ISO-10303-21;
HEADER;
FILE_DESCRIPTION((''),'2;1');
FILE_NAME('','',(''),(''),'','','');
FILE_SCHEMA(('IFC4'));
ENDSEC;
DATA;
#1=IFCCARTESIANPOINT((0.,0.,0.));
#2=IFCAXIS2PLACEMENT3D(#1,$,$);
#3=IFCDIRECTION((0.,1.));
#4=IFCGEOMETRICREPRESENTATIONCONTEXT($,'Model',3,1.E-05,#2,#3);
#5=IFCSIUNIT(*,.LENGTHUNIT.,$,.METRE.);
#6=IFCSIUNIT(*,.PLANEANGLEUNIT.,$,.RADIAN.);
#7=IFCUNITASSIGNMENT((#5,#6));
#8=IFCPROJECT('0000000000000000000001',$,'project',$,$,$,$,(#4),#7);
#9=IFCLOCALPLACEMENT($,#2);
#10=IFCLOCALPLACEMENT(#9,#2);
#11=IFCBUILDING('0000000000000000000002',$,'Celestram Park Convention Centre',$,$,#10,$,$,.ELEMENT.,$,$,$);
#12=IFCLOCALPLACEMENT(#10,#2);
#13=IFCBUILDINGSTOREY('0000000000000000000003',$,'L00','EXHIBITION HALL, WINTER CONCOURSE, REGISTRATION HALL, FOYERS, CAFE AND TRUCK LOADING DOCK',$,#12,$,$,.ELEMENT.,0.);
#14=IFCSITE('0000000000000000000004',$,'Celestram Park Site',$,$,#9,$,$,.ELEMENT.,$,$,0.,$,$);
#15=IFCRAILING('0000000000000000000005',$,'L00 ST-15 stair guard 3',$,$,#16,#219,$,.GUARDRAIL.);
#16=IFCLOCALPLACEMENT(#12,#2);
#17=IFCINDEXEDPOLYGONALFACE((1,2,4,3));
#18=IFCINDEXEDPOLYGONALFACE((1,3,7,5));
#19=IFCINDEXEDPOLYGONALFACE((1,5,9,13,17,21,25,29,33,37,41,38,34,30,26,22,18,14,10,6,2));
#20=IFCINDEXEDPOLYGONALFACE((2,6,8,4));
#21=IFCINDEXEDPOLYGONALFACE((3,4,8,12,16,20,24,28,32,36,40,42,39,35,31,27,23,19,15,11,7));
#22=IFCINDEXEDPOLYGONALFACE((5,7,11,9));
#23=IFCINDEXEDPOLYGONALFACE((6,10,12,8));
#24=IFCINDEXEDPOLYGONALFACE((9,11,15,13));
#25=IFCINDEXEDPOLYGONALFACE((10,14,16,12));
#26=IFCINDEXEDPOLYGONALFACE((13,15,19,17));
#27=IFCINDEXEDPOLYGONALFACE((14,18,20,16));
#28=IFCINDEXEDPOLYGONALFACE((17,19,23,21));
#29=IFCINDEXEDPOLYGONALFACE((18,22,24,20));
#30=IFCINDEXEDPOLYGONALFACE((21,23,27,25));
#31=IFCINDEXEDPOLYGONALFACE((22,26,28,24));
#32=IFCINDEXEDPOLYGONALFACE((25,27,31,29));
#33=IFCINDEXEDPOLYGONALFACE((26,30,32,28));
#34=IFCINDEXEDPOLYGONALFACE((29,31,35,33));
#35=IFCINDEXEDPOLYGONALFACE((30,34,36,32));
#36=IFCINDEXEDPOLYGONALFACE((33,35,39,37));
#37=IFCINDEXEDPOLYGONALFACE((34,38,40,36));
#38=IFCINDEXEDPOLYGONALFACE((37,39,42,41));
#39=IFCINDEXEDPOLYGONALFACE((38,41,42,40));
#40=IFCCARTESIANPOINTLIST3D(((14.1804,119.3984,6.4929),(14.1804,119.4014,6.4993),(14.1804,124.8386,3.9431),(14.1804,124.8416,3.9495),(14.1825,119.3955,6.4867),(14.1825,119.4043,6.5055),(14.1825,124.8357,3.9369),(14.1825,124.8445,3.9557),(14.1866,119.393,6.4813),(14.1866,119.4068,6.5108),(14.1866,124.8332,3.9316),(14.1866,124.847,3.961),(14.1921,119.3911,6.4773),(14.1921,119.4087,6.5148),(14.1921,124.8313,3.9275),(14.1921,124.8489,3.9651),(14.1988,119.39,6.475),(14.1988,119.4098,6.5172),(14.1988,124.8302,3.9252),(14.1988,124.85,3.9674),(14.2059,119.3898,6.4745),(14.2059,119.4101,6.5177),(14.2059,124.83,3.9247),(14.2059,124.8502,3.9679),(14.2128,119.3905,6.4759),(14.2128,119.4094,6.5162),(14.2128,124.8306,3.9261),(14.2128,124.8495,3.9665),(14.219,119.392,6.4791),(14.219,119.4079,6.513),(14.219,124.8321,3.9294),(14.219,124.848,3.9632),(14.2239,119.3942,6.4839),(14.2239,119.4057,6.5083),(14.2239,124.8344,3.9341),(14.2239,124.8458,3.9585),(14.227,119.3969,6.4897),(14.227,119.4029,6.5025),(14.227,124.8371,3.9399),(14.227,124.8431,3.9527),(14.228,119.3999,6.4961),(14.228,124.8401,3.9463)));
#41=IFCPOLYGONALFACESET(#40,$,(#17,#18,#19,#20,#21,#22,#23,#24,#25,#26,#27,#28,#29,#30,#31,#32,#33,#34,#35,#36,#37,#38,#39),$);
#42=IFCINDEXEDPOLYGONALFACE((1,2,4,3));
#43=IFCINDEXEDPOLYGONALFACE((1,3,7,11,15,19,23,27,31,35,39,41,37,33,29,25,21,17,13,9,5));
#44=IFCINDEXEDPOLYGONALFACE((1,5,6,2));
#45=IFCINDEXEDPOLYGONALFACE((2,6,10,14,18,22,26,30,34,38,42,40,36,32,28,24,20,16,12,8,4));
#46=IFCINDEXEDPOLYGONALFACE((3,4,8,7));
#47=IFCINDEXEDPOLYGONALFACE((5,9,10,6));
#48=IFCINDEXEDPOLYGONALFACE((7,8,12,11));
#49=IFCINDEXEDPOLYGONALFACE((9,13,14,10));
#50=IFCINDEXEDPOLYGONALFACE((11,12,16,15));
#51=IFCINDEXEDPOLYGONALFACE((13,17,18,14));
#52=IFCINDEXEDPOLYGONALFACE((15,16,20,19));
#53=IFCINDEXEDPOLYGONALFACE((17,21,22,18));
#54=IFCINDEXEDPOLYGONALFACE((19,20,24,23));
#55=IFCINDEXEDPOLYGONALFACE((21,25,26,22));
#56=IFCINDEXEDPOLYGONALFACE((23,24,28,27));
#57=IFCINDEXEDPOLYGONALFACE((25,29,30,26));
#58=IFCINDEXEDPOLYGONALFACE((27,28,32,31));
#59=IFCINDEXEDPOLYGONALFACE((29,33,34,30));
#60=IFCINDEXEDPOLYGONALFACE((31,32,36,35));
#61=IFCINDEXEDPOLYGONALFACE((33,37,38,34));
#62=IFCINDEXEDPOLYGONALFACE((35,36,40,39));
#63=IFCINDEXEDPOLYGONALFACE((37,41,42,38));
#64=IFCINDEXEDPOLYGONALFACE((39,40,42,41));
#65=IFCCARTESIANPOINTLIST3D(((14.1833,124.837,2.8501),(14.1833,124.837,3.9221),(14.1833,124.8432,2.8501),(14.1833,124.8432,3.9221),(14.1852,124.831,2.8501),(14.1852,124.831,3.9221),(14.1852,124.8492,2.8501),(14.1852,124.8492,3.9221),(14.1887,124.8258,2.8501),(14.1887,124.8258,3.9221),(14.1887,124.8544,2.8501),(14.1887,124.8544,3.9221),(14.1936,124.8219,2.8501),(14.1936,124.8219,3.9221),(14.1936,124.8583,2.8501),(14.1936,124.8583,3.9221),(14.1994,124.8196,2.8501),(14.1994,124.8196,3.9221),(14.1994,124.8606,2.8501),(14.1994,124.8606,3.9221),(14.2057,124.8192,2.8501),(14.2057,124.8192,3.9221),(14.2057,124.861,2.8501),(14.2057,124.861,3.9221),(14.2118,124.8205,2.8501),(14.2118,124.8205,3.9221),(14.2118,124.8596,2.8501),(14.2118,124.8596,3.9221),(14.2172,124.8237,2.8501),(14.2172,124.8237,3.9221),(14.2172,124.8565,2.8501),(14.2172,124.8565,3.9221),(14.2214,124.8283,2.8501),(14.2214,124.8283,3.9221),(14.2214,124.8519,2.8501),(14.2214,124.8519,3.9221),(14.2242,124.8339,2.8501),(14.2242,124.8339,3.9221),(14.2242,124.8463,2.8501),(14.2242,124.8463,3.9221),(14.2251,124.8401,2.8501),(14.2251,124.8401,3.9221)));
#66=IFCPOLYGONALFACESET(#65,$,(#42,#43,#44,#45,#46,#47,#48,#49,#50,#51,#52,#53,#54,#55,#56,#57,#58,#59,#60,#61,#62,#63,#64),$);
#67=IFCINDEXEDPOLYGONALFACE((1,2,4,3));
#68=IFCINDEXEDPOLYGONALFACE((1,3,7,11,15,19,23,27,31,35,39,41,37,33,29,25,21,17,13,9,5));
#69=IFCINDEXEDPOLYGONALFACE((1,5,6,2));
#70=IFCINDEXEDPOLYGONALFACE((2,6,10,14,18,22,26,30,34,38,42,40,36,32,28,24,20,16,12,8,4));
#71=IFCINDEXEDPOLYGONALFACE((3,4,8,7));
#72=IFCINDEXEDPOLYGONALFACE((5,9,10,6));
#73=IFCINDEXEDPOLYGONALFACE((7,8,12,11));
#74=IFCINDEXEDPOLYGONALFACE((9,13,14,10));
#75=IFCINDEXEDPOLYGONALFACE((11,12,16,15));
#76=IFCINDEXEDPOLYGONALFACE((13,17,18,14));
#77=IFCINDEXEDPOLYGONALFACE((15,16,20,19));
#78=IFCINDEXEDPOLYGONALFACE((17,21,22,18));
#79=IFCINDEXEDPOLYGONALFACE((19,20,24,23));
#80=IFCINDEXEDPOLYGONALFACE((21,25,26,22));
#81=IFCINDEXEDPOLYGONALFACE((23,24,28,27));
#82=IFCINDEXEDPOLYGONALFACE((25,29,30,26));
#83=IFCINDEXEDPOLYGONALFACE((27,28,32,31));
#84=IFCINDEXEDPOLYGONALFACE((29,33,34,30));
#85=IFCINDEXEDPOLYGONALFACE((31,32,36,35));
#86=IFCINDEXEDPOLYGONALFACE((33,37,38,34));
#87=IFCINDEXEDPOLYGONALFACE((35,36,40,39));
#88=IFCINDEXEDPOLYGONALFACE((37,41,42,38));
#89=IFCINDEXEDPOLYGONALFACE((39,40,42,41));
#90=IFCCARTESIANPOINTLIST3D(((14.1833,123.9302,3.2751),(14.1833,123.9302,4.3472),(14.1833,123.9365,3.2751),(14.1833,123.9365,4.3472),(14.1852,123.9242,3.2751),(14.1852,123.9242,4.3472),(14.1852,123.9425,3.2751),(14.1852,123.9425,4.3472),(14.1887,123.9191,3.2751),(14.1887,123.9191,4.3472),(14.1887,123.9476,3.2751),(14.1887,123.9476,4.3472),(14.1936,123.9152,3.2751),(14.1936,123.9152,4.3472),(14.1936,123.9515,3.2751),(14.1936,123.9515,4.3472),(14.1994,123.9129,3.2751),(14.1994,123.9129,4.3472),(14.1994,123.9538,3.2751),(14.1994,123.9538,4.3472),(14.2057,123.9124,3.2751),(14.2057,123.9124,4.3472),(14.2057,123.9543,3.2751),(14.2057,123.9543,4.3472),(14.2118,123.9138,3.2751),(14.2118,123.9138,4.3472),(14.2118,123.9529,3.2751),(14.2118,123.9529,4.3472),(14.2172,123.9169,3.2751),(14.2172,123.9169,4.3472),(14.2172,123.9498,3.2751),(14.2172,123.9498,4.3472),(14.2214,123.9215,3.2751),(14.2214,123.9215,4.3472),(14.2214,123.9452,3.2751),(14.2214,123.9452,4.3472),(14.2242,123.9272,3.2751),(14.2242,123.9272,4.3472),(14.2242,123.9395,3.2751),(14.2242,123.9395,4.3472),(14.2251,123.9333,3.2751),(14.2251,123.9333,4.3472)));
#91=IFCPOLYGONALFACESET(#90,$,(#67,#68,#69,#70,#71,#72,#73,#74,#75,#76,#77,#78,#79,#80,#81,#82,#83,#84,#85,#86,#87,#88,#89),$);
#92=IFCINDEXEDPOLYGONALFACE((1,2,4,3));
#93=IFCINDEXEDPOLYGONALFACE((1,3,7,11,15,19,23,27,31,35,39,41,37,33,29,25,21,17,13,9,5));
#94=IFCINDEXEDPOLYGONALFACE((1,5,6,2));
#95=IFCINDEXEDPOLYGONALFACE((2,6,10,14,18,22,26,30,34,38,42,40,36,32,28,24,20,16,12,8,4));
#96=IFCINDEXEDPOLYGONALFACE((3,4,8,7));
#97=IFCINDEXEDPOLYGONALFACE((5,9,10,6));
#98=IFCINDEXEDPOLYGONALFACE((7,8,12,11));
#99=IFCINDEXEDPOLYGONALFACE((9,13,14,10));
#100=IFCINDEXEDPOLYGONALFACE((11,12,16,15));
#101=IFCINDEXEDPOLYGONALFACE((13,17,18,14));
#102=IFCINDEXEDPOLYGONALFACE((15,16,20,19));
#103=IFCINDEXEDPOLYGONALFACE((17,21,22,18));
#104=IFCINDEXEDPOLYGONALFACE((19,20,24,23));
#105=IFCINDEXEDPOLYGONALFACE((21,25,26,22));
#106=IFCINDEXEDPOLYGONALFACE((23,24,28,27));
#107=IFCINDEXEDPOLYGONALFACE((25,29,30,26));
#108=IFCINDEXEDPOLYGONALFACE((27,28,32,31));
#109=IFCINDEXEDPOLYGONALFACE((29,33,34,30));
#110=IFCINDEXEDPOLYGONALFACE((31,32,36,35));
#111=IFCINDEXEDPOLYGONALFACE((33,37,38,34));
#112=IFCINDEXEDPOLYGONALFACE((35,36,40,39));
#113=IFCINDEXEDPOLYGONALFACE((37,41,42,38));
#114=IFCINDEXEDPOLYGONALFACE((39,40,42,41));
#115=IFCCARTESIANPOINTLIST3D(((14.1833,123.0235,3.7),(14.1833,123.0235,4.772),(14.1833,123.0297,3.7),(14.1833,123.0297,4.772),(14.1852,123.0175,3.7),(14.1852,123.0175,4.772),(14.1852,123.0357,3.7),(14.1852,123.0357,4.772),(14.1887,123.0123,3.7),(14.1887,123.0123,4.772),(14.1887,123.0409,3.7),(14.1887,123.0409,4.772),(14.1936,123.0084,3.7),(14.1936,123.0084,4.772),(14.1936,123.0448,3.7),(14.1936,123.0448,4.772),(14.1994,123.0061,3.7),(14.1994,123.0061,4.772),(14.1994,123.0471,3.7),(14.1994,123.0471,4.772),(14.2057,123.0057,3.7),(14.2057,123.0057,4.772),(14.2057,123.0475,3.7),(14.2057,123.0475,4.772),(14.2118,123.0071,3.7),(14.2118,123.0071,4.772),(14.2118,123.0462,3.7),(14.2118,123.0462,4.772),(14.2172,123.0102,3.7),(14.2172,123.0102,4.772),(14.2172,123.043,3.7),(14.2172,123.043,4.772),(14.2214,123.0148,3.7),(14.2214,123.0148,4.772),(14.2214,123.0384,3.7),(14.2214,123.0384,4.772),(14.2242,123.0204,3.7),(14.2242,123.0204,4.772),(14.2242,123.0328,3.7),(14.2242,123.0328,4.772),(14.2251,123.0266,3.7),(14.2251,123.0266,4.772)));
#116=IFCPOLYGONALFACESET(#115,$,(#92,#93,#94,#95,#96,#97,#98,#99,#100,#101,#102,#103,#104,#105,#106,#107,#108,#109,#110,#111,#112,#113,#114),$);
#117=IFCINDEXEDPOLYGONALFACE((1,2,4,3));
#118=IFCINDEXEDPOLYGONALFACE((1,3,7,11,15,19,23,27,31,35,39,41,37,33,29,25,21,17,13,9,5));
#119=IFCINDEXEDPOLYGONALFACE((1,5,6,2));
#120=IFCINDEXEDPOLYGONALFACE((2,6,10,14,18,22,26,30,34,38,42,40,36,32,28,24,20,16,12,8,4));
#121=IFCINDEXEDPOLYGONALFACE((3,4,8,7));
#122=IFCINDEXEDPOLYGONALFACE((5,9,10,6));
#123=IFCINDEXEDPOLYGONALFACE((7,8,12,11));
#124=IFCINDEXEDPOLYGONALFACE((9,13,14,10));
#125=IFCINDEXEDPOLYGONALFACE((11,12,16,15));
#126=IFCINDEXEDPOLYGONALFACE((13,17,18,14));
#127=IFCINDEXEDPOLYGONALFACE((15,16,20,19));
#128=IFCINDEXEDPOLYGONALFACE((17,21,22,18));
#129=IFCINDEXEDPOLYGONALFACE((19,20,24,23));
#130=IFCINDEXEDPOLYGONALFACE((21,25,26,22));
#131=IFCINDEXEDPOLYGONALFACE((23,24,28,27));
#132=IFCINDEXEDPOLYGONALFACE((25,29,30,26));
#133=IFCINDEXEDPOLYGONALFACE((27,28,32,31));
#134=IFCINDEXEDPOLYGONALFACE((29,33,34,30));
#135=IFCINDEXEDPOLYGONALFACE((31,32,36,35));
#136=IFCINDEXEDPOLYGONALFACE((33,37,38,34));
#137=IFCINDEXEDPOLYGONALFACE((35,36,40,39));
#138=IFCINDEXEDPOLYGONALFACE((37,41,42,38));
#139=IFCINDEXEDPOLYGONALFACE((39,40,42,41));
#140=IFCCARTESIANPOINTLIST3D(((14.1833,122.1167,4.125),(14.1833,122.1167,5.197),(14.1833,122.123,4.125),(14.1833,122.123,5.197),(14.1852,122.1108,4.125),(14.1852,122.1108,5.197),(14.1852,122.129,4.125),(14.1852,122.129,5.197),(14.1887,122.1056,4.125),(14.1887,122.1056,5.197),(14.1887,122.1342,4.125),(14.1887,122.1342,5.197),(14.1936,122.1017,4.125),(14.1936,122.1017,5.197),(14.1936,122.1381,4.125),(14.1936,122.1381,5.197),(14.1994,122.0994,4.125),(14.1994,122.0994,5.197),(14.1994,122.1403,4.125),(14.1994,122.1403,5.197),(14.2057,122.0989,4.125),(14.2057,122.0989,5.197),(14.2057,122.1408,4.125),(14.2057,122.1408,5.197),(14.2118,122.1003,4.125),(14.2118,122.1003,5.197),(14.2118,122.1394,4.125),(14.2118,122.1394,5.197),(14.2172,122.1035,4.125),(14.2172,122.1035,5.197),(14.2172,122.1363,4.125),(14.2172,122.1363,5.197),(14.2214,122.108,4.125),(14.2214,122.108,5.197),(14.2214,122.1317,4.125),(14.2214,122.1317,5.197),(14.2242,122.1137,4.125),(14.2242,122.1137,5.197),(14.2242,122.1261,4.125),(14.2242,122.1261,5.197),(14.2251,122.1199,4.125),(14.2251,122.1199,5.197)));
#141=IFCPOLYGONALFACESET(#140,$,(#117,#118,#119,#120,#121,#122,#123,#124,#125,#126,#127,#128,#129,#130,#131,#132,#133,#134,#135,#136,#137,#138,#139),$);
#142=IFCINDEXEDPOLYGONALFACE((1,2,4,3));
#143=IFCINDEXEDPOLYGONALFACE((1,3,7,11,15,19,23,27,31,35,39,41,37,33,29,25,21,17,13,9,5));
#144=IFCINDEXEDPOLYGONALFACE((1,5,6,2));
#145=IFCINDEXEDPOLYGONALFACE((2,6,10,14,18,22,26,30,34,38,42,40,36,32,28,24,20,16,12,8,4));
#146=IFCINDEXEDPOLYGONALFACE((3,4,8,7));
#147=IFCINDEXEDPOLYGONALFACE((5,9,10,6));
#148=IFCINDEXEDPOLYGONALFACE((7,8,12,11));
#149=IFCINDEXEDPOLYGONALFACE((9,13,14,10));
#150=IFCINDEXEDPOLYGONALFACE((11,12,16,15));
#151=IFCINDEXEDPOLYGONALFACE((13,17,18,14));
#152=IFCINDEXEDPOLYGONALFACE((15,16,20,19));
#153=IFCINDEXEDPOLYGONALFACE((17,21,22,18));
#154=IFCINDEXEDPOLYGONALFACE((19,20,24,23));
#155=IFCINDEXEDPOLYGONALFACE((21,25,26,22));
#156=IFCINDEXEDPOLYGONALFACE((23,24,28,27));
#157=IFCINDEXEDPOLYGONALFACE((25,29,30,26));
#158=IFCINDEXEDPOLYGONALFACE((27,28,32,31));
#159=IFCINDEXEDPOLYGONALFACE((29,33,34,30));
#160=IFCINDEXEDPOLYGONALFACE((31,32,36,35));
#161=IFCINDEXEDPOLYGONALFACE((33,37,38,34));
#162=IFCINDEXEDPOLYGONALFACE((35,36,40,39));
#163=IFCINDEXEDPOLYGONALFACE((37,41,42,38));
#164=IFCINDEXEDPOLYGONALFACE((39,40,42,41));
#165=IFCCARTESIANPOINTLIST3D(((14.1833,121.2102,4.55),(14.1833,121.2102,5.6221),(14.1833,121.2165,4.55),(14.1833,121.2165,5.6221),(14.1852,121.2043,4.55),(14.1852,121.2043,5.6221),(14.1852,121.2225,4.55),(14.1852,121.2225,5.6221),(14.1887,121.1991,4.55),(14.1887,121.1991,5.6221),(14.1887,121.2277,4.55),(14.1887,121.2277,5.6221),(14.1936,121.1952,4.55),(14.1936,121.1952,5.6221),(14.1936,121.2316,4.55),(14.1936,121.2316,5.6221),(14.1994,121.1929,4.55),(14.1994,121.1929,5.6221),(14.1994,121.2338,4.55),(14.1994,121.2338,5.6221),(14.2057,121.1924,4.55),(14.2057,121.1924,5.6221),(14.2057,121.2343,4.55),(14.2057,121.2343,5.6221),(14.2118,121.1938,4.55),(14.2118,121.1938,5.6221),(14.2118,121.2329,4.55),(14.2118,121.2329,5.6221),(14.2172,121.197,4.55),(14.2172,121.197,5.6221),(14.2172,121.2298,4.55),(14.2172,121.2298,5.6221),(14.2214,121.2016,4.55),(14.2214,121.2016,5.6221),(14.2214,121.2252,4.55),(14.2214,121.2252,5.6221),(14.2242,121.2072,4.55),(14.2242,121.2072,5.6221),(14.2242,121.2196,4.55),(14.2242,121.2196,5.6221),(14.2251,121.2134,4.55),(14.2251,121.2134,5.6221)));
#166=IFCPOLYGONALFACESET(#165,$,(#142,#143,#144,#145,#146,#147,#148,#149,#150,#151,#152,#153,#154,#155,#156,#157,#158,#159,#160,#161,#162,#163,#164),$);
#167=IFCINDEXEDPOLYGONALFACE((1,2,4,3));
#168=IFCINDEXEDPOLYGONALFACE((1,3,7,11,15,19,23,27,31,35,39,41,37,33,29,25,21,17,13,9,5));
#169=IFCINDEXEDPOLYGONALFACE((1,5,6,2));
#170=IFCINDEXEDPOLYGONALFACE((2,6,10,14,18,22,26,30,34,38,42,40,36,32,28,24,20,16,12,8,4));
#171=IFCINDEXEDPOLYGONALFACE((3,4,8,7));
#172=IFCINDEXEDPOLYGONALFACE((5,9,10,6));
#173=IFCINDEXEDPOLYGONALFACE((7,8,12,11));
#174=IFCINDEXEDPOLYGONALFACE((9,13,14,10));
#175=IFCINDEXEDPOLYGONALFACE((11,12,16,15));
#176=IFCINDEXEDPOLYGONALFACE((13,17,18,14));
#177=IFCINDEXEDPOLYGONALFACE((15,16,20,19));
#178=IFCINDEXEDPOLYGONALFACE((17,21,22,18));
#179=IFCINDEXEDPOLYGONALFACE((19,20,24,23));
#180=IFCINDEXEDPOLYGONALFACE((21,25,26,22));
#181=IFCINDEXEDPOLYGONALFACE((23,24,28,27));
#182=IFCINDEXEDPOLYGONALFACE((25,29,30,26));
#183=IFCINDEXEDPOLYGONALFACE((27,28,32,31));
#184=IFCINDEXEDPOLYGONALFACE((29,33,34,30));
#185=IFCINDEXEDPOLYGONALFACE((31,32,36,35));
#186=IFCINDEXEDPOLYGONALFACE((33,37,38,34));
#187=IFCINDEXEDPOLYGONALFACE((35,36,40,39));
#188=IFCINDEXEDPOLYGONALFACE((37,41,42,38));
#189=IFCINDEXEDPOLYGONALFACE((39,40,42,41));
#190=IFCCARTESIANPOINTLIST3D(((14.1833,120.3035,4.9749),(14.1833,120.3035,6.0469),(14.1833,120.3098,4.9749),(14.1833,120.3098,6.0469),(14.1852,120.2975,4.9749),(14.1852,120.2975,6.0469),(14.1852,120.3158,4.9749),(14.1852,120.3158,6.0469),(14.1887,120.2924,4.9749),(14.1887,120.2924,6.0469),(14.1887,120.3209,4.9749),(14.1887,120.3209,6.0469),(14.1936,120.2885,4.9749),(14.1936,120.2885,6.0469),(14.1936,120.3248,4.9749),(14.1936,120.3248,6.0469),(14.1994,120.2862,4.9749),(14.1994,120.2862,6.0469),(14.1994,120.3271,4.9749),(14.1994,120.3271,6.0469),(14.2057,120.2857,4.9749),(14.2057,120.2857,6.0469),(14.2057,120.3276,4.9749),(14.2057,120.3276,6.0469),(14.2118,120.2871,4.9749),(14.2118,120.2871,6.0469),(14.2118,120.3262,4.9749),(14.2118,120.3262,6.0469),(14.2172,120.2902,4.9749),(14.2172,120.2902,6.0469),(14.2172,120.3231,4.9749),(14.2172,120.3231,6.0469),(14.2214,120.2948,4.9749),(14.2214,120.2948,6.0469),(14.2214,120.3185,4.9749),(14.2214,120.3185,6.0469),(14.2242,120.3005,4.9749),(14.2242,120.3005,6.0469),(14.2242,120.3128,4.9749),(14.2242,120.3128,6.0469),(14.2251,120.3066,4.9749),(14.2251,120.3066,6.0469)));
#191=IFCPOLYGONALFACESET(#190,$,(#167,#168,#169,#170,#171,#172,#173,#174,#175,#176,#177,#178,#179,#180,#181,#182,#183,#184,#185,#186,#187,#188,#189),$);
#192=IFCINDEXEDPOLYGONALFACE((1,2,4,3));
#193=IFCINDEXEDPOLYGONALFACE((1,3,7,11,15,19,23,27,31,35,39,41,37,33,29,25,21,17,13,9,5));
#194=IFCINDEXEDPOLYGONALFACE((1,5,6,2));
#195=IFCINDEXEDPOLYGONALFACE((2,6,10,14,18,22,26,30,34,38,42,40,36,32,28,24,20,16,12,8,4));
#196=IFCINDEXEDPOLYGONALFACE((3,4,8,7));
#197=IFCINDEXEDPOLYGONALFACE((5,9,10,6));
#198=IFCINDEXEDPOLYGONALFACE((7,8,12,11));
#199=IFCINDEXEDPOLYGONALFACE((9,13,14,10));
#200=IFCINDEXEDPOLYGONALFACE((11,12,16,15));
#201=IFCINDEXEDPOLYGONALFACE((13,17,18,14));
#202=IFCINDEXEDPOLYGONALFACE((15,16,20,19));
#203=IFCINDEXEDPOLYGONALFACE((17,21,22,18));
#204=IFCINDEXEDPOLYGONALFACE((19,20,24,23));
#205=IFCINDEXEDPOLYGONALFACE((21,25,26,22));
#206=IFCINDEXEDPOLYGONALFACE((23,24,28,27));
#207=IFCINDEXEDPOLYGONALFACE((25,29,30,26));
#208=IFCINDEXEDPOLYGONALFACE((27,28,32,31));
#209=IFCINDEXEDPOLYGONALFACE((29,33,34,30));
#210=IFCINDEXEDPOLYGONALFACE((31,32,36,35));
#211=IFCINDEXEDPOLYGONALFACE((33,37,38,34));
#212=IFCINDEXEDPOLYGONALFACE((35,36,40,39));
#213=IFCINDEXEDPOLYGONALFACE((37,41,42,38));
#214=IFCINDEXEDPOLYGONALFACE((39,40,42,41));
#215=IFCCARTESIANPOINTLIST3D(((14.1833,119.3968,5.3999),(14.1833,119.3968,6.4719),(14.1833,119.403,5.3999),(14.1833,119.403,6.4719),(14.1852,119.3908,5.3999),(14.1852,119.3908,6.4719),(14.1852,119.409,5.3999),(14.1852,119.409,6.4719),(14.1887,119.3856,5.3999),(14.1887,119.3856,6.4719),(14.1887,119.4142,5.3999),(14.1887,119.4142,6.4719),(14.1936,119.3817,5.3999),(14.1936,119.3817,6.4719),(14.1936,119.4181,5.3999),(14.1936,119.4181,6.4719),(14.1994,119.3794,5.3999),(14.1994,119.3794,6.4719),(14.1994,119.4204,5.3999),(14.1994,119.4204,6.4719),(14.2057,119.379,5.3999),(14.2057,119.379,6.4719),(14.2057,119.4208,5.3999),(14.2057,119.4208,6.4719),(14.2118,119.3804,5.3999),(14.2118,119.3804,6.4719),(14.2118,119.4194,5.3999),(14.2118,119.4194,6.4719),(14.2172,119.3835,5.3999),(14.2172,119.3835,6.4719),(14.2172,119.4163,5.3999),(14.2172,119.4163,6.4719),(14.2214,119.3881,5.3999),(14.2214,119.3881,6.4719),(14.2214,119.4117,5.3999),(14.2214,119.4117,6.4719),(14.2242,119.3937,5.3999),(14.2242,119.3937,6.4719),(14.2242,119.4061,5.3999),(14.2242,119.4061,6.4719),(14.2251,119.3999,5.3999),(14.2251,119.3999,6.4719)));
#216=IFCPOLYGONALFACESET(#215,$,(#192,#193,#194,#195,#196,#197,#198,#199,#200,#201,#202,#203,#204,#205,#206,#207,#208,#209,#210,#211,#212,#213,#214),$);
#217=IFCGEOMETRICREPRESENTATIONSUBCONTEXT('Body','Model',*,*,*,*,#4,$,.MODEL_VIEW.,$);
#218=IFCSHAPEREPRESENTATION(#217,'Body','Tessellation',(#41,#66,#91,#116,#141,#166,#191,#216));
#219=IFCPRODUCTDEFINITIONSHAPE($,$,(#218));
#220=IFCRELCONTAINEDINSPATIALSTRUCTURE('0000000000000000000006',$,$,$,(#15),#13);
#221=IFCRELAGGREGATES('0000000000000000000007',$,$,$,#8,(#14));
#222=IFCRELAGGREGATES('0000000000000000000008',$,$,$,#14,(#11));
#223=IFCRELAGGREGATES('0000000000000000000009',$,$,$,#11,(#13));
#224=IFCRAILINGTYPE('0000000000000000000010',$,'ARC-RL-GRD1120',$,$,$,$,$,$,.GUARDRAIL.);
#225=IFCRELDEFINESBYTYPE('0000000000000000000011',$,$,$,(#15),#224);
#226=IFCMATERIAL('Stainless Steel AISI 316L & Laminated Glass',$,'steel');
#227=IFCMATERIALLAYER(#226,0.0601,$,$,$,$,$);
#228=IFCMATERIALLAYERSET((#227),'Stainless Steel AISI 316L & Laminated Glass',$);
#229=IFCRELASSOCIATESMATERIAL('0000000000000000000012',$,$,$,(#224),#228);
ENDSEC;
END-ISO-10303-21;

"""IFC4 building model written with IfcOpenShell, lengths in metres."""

from ifc_helpers import new_model, si_unit, direction, frame, origin, origin_2d, place, context, subcontext, project, spatial, circle, extrude, material, layer, layer_set, type_object, element, save


model = new_model("IFC4")

# Units and contexts
model_context = context("Model", 3, precision=1e-05, world=origin(), true_north=direction((0.0, 1.0)))
body_context = subcontext(model_context, "Body", "Model", "MODEL_VIEW")
ifc_project = project(units=[si_unit("LENGTHUNIT", "METRE"), si_unit("PLANEANGLEUNIT", "RADIAN")], contexts=[model_context])

# Site, building, storey
site_placement = place(None, origin())
site = spatial("IfcSite", under=ifc_project, at=site_placement, Name="Celestram Park Site", CompositionType="ELEMENT", RefElevation=0.0)
building_placement = place(site_placement, origin())
building = spatial("IfcBuilding", under=site, at=building_placement, Name="Celestram Park Convention Centre", CompositionType="ELEMENT")
storey_placement = place(building_placement, origin())
storey = spatial("IfcBuildingStorey", under=building, at=storey_placement, Name="L00", Description="EXHIBITION HALL, WINTER CONCOURSE, REGISTRATION HALL, FOYERS, CAFE AND TRUCK LOADING DOCK", CompositionType="ELEMENT", Elevation=0.0)

# Railing
ifc_material_1 = material(Name="Stainless Steel AISI 316L & Laminated Glass", Category="steel")
ifc_layer_1 = layer(ifc_material_1, 0.0601)
ifc_layer_set_1 = layer_set([ifc_layer_1], Name="Stainless Steel AISI 316L & Laminated Glass")
railing_type_1 = type_object("IfcRailingType", Name="ARC-RL-GRD1120", PredefinedType="GUARDRAIL", material=ifc_layer_set_1)
railing_1_placement = place(storey_placement, frame((14.2041, 124.8401, 2.8501)))
element("IfcRailing", 1, at=railing_1_placement, inside=storey, type_object=railing_type_1, Name="L00 ST-15 stair guard 3", PredefinedType="GUARDRAIL", context=body_context, shape_type="SweptSolid", body=[
    extrude(circle(Radius=0.0239, at=origin_2d()), frame((0.0, 0.0, 1.0962), z_axis=(0.0, -0.905477, 0.424395), x_axis=(1.0, 0.0, 0.0)), (0.0, 0.0, 1.0), 6.0081),
    extrude(circle(Radius=0.021, at=origin_2d()), origin(), (0.0, 0.0, 1.0), 1.072),
    extrude(circle(Radius=0.021, at=origin_2d()), frame((0.0, -0.9067, 0.425)), (0.0, 0.0, 1.0), 1.072),
    extrude(circle(Radius=0.021, at=origin_2d()), frame((0.0, -1.8135, 0.8499)), (0.0, 0.0, 1.0), 1.072),
    extrude(circle(Radius=0.021, at=origin_2d()), frame((0.0, -2.7202, 1.2749)), (0.0, 0.0, 1.0), 1.072),
    extrude(circle(Radius=0.021, at=origin_2d()), frame((0.0, -3.6267, 1.7)), (0.0, 0.0, 1.0), 1.072),
    extrude(circle(Radius=0.021, at=origin_2d()), frame((0.0, -4.5334, 2.1248)), (0.0, 0.0, 1.0), 1.072),
    extrude(circle(Radius=0.021, at=origin_2d()), frame((0.0, -5.4402, 2.5498)), (0.0, 0.0, 1.0), 1.072),
])

save(model, "model.ifc")
